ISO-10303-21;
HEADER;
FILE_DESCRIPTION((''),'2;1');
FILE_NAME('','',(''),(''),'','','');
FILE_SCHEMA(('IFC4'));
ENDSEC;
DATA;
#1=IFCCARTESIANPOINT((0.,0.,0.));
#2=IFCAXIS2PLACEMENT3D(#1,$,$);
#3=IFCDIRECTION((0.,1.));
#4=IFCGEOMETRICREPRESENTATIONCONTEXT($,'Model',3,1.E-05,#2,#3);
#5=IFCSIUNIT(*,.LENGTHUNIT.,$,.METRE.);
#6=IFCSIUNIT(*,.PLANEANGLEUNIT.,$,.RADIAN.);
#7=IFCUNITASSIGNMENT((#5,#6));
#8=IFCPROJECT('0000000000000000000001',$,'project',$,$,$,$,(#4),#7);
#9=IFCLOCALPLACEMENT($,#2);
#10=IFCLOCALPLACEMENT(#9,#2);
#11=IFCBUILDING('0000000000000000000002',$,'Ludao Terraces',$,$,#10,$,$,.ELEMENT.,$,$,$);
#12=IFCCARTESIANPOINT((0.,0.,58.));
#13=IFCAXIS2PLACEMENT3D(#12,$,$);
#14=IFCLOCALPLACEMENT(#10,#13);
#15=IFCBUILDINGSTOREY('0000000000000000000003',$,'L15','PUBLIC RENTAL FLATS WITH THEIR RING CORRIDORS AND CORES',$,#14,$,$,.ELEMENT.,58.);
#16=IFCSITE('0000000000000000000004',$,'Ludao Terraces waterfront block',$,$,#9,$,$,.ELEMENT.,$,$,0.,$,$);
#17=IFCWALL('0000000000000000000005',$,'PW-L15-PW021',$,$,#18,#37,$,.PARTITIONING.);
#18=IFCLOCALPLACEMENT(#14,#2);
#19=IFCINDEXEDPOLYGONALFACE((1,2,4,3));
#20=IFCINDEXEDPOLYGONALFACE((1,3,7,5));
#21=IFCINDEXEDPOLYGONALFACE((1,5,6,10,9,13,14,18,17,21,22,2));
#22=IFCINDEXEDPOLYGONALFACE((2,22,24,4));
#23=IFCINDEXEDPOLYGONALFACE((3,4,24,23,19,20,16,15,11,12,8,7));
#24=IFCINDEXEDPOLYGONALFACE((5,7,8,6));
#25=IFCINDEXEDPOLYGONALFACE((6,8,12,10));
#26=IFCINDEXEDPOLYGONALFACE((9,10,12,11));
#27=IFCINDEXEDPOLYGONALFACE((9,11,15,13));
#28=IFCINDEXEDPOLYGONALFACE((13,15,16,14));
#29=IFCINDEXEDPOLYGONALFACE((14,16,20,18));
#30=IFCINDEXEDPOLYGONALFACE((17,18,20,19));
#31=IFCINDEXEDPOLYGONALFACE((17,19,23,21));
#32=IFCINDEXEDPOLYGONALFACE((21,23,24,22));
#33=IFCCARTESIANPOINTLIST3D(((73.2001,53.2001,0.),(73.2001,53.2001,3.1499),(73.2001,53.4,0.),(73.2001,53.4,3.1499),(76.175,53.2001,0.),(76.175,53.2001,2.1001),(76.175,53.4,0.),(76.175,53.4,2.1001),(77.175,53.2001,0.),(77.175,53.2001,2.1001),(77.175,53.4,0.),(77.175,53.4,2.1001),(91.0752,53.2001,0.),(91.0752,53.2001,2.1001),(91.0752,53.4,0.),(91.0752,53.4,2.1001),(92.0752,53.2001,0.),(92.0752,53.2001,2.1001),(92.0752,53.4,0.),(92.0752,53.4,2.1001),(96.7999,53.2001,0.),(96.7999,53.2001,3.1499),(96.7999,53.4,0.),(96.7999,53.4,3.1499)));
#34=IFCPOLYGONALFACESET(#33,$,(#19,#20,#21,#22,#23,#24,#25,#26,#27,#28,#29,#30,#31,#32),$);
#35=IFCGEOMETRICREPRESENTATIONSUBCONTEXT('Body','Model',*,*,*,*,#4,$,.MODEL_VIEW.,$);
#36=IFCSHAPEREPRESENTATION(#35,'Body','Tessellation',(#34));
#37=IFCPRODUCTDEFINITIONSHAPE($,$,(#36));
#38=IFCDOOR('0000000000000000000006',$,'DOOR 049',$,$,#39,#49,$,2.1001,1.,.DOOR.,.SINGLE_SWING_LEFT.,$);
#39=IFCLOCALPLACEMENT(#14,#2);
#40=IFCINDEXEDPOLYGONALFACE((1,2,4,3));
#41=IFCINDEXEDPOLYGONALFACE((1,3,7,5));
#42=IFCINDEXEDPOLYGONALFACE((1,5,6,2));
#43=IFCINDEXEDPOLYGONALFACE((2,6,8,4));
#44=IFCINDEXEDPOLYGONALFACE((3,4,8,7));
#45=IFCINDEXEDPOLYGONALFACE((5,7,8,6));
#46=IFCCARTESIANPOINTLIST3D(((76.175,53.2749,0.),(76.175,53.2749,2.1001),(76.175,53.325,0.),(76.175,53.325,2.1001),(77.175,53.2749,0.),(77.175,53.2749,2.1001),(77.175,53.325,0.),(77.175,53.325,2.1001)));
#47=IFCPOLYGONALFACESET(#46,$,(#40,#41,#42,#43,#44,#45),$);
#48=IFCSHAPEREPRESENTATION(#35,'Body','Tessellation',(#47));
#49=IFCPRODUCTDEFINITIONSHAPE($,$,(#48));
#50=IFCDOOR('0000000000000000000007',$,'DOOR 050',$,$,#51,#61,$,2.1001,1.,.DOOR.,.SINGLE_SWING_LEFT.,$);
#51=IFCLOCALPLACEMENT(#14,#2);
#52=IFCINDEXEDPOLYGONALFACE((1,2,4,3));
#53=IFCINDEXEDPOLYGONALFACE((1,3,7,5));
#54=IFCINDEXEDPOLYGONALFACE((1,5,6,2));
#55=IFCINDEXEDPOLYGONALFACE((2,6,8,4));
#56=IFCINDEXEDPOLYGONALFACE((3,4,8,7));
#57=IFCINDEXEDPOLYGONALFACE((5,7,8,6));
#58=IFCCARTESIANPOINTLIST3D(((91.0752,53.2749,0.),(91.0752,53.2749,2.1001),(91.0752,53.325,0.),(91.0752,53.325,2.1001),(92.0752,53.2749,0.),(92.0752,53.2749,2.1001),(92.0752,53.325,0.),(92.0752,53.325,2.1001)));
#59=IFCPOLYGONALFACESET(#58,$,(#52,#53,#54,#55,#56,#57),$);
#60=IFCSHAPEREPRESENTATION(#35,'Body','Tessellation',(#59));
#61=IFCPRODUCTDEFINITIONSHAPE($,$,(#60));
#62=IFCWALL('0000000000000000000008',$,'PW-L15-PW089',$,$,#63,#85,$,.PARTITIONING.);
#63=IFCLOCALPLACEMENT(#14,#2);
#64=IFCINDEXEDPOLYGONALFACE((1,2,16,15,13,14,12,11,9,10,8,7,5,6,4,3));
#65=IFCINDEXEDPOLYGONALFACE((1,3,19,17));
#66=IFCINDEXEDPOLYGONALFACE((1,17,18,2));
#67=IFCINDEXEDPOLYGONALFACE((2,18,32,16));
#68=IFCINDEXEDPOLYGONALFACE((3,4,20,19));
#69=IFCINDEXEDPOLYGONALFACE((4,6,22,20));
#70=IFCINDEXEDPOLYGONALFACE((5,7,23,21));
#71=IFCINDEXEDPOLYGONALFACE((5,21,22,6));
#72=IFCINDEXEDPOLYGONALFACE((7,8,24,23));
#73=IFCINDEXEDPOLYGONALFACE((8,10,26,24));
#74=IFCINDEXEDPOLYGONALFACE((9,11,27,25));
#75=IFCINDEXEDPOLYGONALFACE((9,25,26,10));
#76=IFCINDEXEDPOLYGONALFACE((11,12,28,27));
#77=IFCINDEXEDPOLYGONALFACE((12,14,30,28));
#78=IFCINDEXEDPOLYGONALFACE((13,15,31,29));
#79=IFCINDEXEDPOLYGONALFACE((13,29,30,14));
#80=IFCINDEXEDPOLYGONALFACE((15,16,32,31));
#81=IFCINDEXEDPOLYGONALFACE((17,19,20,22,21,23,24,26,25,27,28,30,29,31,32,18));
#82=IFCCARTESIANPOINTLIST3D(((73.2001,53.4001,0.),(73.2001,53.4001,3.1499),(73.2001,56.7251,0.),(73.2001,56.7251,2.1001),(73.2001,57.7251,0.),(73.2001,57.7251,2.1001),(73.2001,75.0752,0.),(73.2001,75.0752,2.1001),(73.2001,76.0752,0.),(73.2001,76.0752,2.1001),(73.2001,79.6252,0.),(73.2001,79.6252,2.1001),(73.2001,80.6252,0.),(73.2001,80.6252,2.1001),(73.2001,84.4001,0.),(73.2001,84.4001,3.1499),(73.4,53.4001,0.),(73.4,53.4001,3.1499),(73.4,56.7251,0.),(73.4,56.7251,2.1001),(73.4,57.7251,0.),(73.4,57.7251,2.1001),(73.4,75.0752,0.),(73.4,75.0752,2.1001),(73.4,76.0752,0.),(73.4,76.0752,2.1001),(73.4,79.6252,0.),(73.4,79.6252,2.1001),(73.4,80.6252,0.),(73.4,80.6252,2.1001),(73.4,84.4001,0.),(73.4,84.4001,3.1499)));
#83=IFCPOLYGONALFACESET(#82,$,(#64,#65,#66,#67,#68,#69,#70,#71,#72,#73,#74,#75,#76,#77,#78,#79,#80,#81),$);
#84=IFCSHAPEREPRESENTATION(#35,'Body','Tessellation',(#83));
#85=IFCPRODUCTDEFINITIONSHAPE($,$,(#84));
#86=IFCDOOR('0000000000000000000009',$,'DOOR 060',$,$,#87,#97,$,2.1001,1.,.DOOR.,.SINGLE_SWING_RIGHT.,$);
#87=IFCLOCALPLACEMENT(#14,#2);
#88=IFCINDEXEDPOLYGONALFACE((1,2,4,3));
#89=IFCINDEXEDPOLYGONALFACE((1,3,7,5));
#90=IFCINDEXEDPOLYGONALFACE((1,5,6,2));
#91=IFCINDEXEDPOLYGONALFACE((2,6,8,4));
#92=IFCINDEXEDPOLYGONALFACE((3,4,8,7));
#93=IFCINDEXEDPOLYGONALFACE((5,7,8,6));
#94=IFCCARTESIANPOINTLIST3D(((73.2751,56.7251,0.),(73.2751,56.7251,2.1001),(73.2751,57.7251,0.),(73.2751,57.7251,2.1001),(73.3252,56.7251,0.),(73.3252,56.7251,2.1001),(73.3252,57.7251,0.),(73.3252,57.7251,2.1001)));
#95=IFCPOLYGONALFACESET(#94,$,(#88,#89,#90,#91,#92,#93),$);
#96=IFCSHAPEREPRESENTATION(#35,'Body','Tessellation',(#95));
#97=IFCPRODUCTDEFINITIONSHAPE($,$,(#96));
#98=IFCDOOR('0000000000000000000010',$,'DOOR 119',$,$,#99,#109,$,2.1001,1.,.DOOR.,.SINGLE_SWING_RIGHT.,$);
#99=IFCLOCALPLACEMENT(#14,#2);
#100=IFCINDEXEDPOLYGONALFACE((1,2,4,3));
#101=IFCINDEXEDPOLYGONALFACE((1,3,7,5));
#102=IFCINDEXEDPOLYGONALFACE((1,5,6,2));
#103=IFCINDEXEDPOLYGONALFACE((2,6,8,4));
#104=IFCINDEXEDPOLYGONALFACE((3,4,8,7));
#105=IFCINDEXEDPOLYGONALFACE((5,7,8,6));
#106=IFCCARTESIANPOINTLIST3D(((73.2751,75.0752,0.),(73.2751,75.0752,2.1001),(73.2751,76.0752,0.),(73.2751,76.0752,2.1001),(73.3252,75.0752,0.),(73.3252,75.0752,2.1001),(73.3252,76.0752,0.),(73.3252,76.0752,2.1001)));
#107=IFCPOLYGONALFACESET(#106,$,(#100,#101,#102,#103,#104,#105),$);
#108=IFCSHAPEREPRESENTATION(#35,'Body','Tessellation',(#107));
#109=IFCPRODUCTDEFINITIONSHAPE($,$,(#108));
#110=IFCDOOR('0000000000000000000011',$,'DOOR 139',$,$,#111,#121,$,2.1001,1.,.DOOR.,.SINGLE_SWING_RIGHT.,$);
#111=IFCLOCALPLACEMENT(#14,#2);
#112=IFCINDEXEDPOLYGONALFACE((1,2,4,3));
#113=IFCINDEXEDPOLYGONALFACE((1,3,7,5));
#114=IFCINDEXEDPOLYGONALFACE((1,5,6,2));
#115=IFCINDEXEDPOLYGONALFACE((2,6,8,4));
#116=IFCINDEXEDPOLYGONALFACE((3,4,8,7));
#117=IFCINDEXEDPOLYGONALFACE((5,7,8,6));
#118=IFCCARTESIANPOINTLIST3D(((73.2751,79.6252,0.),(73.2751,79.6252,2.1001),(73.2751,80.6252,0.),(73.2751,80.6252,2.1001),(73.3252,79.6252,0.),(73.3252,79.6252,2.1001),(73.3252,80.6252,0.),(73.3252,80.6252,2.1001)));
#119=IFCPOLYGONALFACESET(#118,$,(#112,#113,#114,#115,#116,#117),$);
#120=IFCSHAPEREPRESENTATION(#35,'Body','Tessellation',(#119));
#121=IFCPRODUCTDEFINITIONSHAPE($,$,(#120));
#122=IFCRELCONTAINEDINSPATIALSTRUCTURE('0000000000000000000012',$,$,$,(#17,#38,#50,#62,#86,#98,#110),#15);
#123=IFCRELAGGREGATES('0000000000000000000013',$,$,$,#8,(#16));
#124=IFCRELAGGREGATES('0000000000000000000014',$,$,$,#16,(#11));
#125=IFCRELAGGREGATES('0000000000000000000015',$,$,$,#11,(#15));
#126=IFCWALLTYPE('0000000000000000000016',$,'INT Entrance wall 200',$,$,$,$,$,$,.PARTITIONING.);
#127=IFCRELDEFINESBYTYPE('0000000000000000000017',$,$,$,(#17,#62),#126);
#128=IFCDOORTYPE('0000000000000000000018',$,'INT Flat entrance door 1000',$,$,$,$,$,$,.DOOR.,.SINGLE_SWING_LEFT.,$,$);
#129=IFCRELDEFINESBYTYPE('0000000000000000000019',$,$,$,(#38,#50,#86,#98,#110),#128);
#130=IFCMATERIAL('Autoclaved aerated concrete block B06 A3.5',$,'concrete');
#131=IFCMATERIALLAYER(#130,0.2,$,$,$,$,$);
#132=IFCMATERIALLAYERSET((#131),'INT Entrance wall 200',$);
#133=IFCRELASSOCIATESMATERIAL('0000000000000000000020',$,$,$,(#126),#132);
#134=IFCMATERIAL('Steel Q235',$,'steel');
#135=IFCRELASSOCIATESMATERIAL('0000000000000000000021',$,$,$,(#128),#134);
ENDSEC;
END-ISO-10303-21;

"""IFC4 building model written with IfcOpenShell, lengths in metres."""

from ifc_helpers import new_model, si_unit, direction, frame, frame_2d, origin, place, context, subcontext, project, spatial, rectangle, extrude, material, layer, layer_set, type_object, element, fill, save


model = new_model("IFC4")

# Units and contexts
model_context = context("Model", 3, precision=1e-05, world=origin(), true_north=direction((0.0, 1.0)))
body_context = subcontext(model_context, "Body", "Model", "MODEL_VIEW")
ifc_project = project(units=[si_unit("LENGTHUNIT", "METRE"), si_unit("PLANEANGLEUNIT", "RADIAN")], contexts=[model_context])

# Site, building, storey
site_placement = place(None, origin())
site = spatial("IfcSite", under=ifc_project, at=site_placement, Name="Ludao Terraces waterfront block", CompositionType="ELEMENT", RefElevation=0.0)
building_placement = place(site_placement, origin())
building = spatial("IfcBuilding", under=site, at=building_placement, Name="Ludao Terraces", CompositionType="ELEMENT")
storey_placement = place(building_placement, frame((0.0, 0.0, 58.0)))
storey = spatial("IfcBuildingStorey", under=building, at=storey_placement, Name="L15", Description="PUBLIC RENTAL FLATS WITH THEIR RING CORRIDORS AND CORES", CompositionType="ELEMENT", Elevation=58.0)

# Walls, openings, doors
ifc_material_1 = material(Name="Autoclaved aerated concrete block B06 A3.5", Category="concrete")
ifc_layer_1 = layer(ifc_material_1, 0.2)
ifc_layer_set_1 = layer_set([ifc_layer_1], Name="INT Entrance wall 200")
wall_type_1 = type_object("IfcWallType", Name="INT Entrance wall 200", PredefinedType="PARTITIONING", material=ifc_layer_set_1)
wall_1_placement = place(storey_placement, frame((73.2002, 53.3, 0.0), z_axis=(0.0, 0.0, 1.0), x_axis=(1.0, 0.0, 0.0)))
wall_1 = element("IfcWall", 1, at=wall_1_placement, inside=storey, type_object=wall_type_1, Name="PW-L15-PW021", PredefinedType="PARTITIONING", context=body_context, shape_type="SweptSolid", body=[
    extrude(rectangle(XDim=23.5999, YDim=0.2, at=frame_2d((11.7998, 0.0))), origin(), (0.0, 0.0, 1.0), 3.1499),
])
opening_1_placement = place(wall_1_placement, frame((2.9749, 0.0, 0.0)))
opening_1 = element("IfcOpeningElement", 2, at=opening_1_placement, cuts=wall_1, PredefinedType="OPENING", context=body_context, shape_type="SweptSolid", body=[
    extrude(rectangle(XDim=1.0, YDim=2.1001, at=frame_2d((0.5, 1.05))), frame((0.0, 0.1099, 0.0), z_axis=(0.0, -1.0, 0.0), x_axis=(1.0, 0.0, 0.0)), (0.0, 0.0, 1.0), 0.22),
])
opening_2_placement = place(wall_1_placement, frame((17.875, 0.0, 0.0)))
opening_2 = element("IfcOpeningElement", 3, at=opening_2_placement, cuts=wall_1, PredefinedType="OPENING", context=body_context, shape_type="SweptSolid", body=[
    extrude(rectangle(XDim=1.0, YDim=2.1001, at=frame_2d((0.5, 1.05))), frame((0.0, 0.1099, 0.0), z_axis=(0.0, -1.0, 0.0), x_axis=(1.0, 0.0, 0.0)), (0.0, 0.0, 1.0), 0.22),
])
ifc_material_2 = material(Name="Steel Q235", Category="steel")
door_type_1 = type_object("IfcDoorType", Name="INT Flat entrance door 1000", OperationType="SINGLE_SWING_LEFT", PredefinedType="DOOR", material=ifc_material_2)
door_1_placement = place(opening_1_placement, origin())
door_1 = element("IfcDoor", 4, at=door_1_placement, inside=storey, type_object=door_type_1, Name="DOOR 049", OperationType="SINGLE_SWING_LEFT", OverallHeight=2.1001, OverallWidth=1.0, PredefinedType="DOOR", context=body_context, shape_type="SweptSolid", body=[
    extrude(rectangle(XDim=1.0, YDim=2.1001, at=frame_2d((0.5, 1.05))), frame((0.0, 0.0249, 0.0), z_axis=(0.0, -1.0, 0.0), x_axis=(1.0, 0.0, 0.0)), (0.0, 0.0, 1.0), 0.05),
])
fill(opening_1, door_1)
door_2_placement = place(opening_2_placement, origin())
door_2 = element("IfcDoor", 5, at=door_2_placement, inside=storey, type_object=door_type_1, Name="DOOR 050", OperationType="SINGLE_SWING_LEFT", OverallHeight=2.1001, OverallWidth=1.0, PredefinedType="DOOR", context=body_context, shape_type="SweptSolid", body=[
    extrude(rectangle(XDim=1.0, YDim=2.1001, at=frame_2d((0.5, 1.05))), frame((0.0, 0.0249, 0.0), z_axis=(0.0, -1.0, 0.0), x_axis=(1.0, 0.0, 0.0)), (0.0, 0.0, 1.0), 0.05),
])
fill(opening_2, door_2)
wall_2_placement = place(storey_placement, frame((73.3, 53.4001, 0.0), z_axis=(0.0, 0.0, 1.0), x_axis=(0.0, 1.0, 0.0)))
wall_2 = element("IfcWall", 6, at=wall_2_placement, inside=storey, type_object=wall_type_1, Name="PW-L15-PW089", PredefinedType="PARTITIONING", context=body_context, shape_type="SweptSolid", body=[
    extrude(rectangle(XDim=31.0, YDim=0.2, at=frame_2d((15.5, 0.0))), origin(), (0.0, 0.0, 1.0), 3.1499),
])
opening_3_placement = place(wall_2_placement, frame((3.325, 0.0, 0.0)))
opening_3 = element("IfcOpeningElement", 7, at=opening_3_placement, cuts=wall_2, PredefinedType="OPENING", context=body_context, shape_type="SweptSolid", body=[
    extrude(rectangle(XDim=1.0, YDim=2.1001, at=frame_2d((0.5, 1.05))), frame((0.0, 0.1099, 0.0), z_axis=(0.0, -1.0, 0.0), x_axis=(1.0, 0.0, 0.0)), (0.0, 0.0, 1.0), 0.22),
])
opening_4_placement = place(wall_2_placement, frame((21.675, 0.0, 0.0)))
opening_4 = element("IfcOpeningElement", 8, at=opening_4_placement, cuts=wall_2, PredefinedType="OPENING", context=body_context, shape_type="SweptSolid", body=[
    extrude(rectangle(XDim=1.0, YDim=2.1001, at=frame_2d((0.5, 1.05))), frame((0.0, 0.1099, 0.0), z_axis=(0.0, -1.0, 0.0), x_axis=(1.0, 0.0, 0.0)), (0.0, 0.0, 1.0), 0.22),
])
opening_5_placement = place(wall_2_placement, frame((26.2251, 0.0, 0.0)))
opening_5 = element("IfcOpeningElement", 9, at=opening_5_placement, cuts=wall_2, PredefinedType="OPENING", context=body_context, shape_type="SweptSolid", body=[
    extrude(rectangle(XDim=1.0, YDim=2.1001, at=frame_2d((0.5, 1.05))), frame((0.0, 0.1099, 0.0), z_axis=(0.0, -1.0, 0.0), x_axis=(1.0, 0.0, 0.0)), (0.0, 0.0, 1.0), 0.22),
])
door_3_placement = place(opening_3_placement, origin())
door_3 = element("IfcDoor", 10, at=door_3_placement, inside=storey, type_object=door_type_1, Name="DOOR 060", OperationType="SINGLE_SWING_RIGHT", OverallHeight=2.1001, OverallWidth=1.0, PredefinedType="DOOR", context=body_context, shape_type="SweptSolid", body=[
    extrude(rectangle(XDim=1.0, YDim=2.1001, at=frame_2d((0.5, 1.05))), frame((0.0, 0.0249, 0.0), z_axis=(0.0, -1.0, 0.0), x_axis=(1.0, 0.0, 0.0)), (0.0, 0.0, 1.0), 0.05),
])
fill(opening_3, door_3)
door_4_placement = place(opening_4_placement, origin())
door_4 = element("IfcDoor", 11, at=door_4_placement, inside=storey, type_object=door_type_1, Name="DOOR 119", OperationType="SINGLE_SWING_RIGHT", OverallHeight=2.1001, OverallWidth=1.0, PredefinedType="DOOR", context=body_context, shape_type="SweptSolid", body=[
    extrude(rectangle(XDim=1.0, YDim=2.1001, at=frame_2d((0.5, 1.05))), frame((0.0, 0.0249, 0.0), z_axis=(0.0, -1.0, 0.0), x_axis=(1.0, 0.0, 0.0)), (0.0, 0.0, 1.0), 0.05),
])
fill(opening_4, door_4)
door_5_placement = place(opening_5_placement, origin())
door_5 = element("IfcDoor", 12, at=door_5_placement, inside=storey, type_object=door_type_1, Name="DOOR 139", OperationType="SINGLE_SWING_RIGHT", OverallHeight=2.1001, OverallWidth=1.0, PredefinedType="DOOR", context=body_context, shape_type="SweptSolid", body=[
    extrude(rectangle(XDim=1.0, YDim=2.1001, at=frame_2d((0.5, 1.05))), frame((0.0, 0.0249, 0.0), z_axis=(0.0, -1.0, 0.0), x_axis=(1.0, 0.0, 0.0)), (0.0, 0.0, 1.0), 0.05),
])
fill(opening_5, door_5)

save(model, "model.ifc")
